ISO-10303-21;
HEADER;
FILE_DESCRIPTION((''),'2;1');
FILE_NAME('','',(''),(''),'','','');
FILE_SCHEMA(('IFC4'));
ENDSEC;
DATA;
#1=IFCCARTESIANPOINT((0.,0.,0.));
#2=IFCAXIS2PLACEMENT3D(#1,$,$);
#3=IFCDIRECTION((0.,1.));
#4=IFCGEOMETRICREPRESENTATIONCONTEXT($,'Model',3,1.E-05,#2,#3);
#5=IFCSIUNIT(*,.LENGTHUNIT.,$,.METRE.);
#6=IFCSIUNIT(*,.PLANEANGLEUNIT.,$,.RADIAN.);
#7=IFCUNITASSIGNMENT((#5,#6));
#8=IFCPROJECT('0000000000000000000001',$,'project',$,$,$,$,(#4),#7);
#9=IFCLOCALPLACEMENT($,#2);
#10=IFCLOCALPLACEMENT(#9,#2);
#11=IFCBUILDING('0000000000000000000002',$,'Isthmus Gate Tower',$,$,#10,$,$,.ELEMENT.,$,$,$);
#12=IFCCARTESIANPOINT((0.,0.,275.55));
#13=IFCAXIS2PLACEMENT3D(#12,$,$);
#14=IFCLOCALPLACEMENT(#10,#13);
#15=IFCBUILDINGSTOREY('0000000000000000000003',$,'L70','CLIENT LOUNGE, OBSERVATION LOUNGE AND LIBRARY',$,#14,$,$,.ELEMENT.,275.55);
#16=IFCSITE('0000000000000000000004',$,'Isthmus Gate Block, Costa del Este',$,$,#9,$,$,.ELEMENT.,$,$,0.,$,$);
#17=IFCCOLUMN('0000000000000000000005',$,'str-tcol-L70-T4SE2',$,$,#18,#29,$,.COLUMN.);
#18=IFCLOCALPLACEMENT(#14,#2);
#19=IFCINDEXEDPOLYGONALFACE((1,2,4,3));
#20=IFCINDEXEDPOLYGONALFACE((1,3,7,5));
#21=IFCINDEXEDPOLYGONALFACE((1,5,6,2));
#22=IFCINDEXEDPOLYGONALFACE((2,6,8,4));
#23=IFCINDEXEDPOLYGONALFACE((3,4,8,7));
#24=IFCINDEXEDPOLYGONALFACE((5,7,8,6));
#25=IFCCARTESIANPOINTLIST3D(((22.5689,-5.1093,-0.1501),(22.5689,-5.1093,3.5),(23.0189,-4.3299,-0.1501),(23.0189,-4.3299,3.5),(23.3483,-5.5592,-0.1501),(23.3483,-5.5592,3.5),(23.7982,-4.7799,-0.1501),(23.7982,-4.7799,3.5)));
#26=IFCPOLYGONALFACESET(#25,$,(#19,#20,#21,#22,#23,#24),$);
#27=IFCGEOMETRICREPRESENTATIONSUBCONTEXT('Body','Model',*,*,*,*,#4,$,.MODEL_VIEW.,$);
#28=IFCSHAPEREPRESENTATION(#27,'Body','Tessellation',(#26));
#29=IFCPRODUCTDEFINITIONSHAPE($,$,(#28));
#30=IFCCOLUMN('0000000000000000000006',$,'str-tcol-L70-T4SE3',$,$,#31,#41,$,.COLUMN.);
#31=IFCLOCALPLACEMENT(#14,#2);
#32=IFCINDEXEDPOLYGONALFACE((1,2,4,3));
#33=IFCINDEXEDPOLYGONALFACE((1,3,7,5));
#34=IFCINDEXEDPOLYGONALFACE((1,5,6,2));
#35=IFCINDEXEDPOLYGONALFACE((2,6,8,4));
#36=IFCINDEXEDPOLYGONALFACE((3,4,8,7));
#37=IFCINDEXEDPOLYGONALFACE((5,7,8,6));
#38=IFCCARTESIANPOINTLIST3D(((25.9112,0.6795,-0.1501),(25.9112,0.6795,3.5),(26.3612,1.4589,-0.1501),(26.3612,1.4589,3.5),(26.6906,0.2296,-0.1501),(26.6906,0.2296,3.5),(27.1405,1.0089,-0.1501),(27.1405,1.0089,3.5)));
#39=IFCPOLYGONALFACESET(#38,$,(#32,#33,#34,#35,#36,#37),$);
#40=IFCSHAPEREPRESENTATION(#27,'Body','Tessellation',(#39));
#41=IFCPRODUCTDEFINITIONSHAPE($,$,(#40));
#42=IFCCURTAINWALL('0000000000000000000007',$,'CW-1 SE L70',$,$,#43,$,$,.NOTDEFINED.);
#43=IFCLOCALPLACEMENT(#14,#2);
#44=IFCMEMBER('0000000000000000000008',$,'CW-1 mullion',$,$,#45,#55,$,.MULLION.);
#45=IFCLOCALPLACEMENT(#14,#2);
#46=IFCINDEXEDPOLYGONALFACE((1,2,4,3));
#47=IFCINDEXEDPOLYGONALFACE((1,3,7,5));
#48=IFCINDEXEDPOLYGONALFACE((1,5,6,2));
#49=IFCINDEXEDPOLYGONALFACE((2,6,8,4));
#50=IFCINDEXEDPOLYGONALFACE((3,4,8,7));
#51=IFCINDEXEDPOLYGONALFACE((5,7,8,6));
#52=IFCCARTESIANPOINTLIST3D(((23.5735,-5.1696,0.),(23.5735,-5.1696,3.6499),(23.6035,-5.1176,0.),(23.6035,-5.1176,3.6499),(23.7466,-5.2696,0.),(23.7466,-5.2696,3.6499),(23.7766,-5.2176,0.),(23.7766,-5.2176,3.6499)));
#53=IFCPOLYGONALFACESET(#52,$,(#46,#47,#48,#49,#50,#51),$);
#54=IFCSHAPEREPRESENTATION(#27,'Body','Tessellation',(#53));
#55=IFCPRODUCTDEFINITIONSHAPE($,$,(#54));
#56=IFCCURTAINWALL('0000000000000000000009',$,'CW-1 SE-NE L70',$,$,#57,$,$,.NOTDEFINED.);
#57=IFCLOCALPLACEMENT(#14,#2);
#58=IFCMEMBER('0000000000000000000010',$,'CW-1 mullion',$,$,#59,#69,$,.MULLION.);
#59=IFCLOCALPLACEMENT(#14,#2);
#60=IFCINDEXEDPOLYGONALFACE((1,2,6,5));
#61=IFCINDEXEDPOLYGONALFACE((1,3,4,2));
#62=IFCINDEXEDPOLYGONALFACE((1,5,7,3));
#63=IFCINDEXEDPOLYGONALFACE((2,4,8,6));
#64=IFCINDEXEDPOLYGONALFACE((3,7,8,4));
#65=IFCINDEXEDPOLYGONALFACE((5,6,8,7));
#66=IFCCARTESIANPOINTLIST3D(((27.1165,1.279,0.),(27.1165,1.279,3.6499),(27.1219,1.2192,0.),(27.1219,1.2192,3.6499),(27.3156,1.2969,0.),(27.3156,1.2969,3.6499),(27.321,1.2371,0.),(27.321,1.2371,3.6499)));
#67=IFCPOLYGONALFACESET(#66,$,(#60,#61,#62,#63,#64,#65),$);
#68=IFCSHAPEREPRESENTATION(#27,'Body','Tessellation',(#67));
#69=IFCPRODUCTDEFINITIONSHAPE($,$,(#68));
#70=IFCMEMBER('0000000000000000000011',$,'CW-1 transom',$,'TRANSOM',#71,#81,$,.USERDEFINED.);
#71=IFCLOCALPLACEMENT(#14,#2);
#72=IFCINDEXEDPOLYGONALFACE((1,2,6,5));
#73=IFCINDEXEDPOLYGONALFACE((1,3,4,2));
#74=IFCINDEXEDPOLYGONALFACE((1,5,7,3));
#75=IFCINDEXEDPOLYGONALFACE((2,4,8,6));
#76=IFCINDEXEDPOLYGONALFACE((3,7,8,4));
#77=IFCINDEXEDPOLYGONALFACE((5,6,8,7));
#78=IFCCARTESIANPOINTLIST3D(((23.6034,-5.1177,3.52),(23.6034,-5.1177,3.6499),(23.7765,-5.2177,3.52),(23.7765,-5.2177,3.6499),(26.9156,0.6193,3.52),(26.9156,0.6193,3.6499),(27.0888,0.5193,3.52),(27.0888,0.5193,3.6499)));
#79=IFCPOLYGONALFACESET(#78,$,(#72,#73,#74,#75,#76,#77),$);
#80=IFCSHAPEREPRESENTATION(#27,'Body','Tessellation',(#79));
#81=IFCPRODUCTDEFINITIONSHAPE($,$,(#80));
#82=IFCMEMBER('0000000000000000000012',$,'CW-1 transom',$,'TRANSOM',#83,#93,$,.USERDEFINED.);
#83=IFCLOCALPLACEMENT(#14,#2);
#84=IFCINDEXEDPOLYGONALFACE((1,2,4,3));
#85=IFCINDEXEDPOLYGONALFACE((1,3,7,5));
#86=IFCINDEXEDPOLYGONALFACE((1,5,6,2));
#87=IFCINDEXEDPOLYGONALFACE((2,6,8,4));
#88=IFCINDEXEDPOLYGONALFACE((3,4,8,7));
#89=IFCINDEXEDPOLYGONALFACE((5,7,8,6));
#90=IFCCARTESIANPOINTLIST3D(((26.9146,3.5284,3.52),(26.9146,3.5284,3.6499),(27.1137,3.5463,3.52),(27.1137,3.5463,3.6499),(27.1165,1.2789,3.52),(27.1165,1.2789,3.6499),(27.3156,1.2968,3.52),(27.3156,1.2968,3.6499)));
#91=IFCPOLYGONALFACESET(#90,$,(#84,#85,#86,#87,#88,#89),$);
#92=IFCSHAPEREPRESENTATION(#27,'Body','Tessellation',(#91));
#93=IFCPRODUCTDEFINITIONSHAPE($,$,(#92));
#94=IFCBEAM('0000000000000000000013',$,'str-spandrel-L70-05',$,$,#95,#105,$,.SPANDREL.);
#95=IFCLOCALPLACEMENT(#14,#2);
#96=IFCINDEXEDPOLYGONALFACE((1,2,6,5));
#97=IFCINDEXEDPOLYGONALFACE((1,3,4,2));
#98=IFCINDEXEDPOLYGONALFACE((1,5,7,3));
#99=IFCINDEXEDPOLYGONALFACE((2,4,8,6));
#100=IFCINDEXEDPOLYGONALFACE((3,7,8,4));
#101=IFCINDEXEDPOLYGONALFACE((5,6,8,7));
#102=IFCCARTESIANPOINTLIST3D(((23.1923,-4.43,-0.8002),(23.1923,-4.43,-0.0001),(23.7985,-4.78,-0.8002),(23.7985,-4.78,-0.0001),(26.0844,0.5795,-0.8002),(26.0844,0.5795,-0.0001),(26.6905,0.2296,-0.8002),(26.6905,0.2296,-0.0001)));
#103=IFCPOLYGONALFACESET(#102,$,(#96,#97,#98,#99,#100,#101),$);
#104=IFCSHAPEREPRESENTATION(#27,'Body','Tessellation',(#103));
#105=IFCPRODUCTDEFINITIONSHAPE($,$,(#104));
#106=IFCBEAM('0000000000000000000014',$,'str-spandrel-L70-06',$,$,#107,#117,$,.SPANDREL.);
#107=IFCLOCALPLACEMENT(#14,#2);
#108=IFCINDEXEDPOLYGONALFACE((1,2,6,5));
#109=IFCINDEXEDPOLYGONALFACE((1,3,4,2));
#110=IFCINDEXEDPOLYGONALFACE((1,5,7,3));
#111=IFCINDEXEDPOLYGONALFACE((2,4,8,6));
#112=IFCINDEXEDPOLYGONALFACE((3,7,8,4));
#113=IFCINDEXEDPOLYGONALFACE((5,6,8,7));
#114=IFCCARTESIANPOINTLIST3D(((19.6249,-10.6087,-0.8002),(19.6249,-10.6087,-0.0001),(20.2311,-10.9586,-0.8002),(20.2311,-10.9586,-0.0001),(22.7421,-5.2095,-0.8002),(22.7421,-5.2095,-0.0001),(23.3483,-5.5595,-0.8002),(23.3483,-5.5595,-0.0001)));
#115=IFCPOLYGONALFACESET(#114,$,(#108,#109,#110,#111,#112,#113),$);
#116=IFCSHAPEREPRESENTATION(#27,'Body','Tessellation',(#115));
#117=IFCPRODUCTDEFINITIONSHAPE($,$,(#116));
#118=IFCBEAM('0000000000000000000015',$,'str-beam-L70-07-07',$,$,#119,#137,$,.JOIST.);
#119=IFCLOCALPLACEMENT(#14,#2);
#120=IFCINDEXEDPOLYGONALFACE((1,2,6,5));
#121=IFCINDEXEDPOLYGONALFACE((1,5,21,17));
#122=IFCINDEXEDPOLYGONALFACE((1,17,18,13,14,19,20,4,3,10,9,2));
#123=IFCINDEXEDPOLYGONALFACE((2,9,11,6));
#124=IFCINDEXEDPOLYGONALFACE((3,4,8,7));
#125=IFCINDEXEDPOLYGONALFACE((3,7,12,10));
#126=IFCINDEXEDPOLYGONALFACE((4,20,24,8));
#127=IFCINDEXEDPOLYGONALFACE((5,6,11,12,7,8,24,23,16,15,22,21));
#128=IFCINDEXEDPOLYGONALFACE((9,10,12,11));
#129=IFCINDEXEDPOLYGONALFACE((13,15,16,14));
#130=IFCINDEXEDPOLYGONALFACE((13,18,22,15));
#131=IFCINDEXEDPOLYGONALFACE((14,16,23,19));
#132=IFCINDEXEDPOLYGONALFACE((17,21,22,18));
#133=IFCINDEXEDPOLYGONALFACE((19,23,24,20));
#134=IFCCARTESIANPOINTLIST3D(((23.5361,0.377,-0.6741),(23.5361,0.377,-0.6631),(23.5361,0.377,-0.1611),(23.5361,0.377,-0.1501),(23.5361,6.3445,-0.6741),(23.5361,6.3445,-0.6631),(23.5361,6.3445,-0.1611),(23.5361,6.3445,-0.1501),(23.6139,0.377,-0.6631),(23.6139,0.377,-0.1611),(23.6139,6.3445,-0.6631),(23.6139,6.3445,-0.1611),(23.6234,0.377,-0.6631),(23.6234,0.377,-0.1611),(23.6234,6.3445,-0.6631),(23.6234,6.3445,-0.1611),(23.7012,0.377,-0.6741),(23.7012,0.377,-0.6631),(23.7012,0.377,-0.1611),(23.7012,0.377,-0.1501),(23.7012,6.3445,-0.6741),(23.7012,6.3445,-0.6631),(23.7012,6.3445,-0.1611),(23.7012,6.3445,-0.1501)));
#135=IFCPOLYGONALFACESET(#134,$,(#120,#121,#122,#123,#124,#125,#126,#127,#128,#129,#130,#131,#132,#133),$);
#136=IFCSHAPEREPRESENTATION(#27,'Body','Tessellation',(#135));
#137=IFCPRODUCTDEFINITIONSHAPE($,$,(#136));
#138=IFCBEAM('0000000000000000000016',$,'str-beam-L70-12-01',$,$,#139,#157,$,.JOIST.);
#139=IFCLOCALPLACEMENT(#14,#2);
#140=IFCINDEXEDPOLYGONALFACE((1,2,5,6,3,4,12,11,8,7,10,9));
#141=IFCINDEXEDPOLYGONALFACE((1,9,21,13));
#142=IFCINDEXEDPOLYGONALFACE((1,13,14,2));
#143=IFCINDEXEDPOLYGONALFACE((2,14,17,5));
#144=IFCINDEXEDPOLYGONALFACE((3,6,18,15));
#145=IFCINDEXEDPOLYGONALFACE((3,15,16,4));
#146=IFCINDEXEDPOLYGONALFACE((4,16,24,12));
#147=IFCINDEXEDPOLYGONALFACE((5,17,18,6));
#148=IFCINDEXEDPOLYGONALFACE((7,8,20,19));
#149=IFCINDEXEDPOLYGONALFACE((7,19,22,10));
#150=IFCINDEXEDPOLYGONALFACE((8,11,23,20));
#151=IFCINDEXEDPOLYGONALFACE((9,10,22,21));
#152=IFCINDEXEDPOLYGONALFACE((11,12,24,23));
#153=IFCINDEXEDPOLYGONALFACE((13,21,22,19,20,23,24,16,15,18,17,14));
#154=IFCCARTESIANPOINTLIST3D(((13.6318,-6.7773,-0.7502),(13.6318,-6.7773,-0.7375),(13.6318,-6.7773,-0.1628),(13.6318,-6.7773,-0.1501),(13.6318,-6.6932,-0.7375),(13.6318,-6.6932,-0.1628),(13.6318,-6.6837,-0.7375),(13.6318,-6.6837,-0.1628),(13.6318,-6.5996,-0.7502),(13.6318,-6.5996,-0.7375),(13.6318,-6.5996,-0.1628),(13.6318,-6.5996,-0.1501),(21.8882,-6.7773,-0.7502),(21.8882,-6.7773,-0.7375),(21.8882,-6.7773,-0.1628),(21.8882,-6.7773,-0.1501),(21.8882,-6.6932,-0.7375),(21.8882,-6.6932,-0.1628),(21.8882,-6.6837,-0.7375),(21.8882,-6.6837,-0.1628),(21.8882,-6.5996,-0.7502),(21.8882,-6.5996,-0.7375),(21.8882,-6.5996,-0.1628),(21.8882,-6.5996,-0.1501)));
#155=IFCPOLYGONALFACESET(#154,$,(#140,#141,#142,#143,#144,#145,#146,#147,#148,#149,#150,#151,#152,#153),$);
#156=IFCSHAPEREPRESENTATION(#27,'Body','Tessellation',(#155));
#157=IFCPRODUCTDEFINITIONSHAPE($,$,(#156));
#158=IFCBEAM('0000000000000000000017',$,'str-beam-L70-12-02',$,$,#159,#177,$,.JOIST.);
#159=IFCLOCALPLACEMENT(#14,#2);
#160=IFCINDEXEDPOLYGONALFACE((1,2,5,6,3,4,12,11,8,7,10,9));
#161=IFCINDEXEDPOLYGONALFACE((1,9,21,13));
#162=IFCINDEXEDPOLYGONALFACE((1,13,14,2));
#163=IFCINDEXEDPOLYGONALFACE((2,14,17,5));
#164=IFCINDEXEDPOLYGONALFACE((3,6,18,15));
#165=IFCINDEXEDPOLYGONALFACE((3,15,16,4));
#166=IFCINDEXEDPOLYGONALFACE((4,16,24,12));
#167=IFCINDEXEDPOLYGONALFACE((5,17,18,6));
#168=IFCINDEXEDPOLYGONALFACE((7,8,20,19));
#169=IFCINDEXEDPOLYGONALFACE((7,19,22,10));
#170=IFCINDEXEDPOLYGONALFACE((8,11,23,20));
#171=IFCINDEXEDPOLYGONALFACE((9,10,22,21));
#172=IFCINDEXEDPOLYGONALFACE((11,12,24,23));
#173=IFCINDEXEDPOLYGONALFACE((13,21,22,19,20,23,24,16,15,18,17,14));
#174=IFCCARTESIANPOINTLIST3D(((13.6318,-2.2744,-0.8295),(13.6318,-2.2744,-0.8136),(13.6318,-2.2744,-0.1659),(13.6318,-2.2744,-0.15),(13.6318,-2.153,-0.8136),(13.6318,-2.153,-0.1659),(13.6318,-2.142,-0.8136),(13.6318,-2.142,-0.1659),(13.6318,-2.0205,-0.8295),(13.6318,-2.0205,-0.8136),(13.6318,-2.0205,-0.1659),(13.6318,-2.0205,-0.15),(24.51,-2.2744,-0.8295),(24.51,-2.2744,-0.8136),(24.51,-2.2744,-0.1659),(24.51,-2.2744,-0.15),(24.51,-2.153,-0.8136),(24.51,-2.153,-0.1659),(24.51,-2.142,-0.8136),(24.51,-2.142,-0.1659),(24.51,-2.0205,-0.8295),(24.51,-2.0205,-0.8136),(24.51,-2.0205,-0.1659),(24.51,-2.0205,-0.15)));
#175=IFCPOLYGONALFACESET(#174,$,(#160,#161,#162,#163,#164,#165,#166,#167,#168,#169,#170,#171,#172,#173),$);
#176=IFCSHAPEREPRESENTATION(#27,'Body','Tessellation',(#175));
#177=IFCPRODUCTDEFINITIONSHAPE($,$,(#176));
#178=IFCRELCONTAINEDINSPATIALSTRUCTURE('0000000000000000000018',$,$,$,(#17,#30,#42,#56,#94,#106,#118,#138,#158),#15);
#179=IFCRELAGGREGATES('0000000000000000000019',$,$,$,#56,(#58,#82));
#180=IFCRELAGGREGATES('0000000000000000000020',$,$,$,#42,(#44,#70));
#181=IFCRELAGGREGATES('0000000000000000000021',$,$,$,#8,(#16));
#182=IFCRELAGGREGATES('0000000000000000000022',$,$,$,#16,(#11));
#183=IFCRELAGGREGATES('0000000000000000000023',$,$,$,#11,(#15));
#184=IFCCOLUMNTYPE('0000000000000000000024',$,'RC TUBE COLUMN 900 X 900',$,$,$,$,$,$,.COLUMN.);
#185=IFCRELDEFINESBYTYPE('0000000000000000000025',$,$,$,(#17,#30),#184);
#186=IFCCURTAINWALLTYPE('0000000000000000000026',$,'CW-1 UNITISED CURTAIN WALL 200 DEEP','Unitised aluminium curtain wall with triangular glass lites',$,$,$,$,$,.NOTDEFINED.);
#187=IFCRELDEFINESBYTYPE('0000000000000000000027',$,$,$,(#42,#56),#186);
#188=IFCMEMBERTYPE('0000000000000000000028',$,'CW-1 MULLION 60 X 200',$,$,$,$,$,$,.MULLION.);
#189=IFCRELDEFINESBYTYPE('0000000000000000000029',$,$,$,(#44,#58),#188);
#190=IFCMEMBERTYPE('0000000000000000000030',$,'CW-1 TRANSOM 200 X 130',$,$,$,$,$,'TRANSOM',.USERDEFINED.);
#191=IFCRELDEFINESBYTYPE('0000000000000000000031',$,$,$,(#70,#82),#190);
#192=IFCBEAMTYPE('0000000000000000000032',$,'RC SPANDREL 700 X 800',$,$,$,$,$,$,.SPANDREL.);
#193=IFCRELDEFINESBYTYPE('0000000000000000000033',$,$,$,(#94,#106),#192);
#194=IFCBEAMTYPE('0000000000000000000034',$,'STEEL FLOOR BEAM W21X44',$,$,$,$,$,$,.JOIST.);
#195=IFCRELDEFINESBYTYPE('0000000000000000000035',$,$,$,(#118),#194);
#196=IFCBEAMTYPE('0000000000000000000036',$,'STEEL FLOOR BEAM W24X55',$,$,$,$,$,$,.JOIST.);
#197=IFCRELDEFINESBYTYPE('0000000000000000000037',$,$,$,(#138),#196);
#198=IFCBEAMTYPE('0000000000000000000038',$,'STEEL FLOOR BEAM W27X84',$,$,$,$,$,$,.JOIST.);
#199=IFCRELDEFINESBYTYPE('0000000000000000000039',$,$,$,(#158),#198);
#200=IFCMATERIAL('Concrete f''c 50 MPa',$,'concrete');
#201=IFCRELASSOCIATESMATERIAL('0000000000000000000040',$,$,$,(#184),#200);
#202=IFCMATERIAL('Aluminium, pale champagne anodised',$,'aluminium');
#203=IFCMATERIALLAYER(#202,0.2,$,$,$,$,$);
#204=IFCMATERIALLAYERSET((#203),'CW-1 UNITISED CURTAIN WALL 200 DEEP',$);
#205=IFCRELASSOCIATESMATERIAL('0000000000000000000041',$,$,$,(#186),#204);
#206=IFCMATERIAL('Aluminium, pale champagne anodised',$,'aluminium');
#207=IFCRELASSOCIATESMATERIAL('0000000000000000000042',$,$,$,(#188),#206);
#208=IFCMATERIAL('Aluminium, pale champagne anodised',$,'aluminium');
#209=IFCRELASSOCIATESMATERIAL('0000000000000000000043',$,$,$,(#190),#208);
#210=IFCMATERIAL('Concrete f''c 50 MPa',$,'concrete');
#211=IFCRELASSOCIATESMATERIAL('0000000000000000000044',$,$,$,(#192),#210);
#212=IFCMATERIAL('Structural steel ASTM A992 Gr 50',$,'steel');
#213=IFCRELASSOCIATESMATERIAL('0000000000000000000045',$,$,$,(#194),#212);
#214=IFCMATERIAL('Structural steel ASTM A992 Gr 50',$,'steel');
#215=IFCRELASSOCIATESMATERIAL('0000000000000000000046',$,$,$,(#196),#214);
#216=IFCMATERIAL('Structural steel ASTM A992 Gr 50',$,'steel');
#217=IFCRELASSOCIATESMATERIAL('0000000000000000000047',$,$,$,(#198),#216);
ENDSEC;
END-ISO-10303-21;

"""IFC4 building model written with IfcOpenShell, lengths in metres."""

from ifc_helpers import new_model, si_unit, direction, frame, origin, origin_2d, place, context, subcontext, project, spatial, rectangle, i_section, extrude, material, layer, layer_set, material_profile, profile_set, type_object, element, aggregate, save


model = new_model("IFC4")

# Units and contexts
model_context = context("Model", 3, precision=1e-05, world=origin(), true_north=direction((0.0, 1.0)))
body_context = subcontext(model_context, "Body", "Model", "MODEL_VIEW")
ifc_project = project(units=[si_unit("LENGTHUNIT", "METRE"), si_unit("PLANEANGLEUNIT", "RADIAN")], contexts=[model_context])

# Site, building, storey
site_placement = place(None, origin())
site = spatial("IfcSite", under=ifc_project, at=site_placement, Name="Isthmus Gate Block, Costa del Este", CompositionType="ELEMENT", RefElevation=0.0)
building_placement = place(site_placement, origin())
building = spatial("IfcBuilding", under=site, at=building_placement, Name="Isthmus Gate Tower", CompositionType="ELEMENT")
storey_placement = place(building_placement, frame((0.0, 0.0, 275.55)))
storey = spatial("IfcBuildingStorey", under=building, at=storey_placement, Name="L70", Description="CLIENT LOUNGE, OBSERVATION LOUNGE AND LIBRARY", CompositionType="ELEMENT", Elevation=275.55)

# Columns
ifc_material_1 = material(Name="Concrete f'c 50 MPa", Category="concrete")
ifc_material_profile_1 = material_profile(ifc_material_1, rectangle(XDim=0.8999, YDim=0.8999, at=origin_2d()), Name="RC 900X900")
ifc_profile_set_1 = profile_set([ifc_material_profile_1], Name="Concrete f'c 50 MPa")
column_type = type_object("IfcColumnType", Name="RC TUBE COLUMN 900 X 900", PredefinedType="COLUMN", material=ifc_profile_set_1)
for number, where, z_axis, x_axis, name in (
    (1, (23.1836, -4.9446, -0.1501), (0.0, 0.0, 1.0), (0.5, 0.866025, 0.0), "str-tcol-L70-T4SE2"),
    (2, (26.5259, 0.8442, -0.1501), (0.0, 0.0, 1.0), (0.5, 0.866025, 0.0), "str-tcol-L70-T4SE3"),
):
    element("IfcColumn", number, at=place(storey_placement, frame(where, z_axis=z_axis, x_axis=x_axis)), inside=storey, type_object=column_type, Name=name, PredefinedType="COLUMN", context=body_context, shape_type="SweptSolid", body=[
        extrude(rectangle(XDim=0.8999, YDim=0.8999, at=origin_2d()), origin(), (0.0, 0.0, 1.0), 3.6501),
    ])

# Curtain walls, members
ifc_material_2 = material(Name="Aluminium, pale champagne anodised", Category="aluminium")
ifc_layer_1 = layer(ifc_material_2, 0.2)
ifc_layer_set_1 = layer_set([ifc_layer_1], Name="CW-1 UNITISED CURTAIN WALL 200 DEEP")
curtain_wall_type = type_object("IfcCurtainWallType", Name="CW-1 UNITISED CURTAIN WALL 200 DEEP", Description="Unitised aluminium curtain wall with triangular glass lites", PredefinedType="NOTDEFINED", material=ifc_layer_set_1)
curtain_wall_1_placement = place(storey_placement, origin())
curtain_wall_1 = element("IfcCurtainWall", 3, at=curtain_wall_1_placement, inside=storey, type_object=curtain_wall_type, Name="CW-1 SE L70", PredefinedType="NOTDEFINED")
ifc_material_3 = material(Name="Aluminium, pale champagne anodised", Category="aluminium")
ifc_material_profile_2 = material_profile(ifc_material_3, rectangle(XDim=0.0601, YDim=0.2, at=origin_2d()), Name="60x200")
ifc_profile_set_2 = profile_set([ifc_material_profile_2], Name="Aluminium, pale champagne anodised")
member_type_1 = type_object("IfcMemberType", Name="CW-1 MULLION 60 X 200", PredefinedType="MULLION", material=ifc_profile_set_2)
member_1_placement = place(storey_placement, frame((23.675, -5.1936, 0.0), z_axis=(0.0, 0.0, 1.0), x_axis=(0.5, 0.866025, 0.0)))
member_1 = element("IfcMember", 4, at=member_1_placement, type_object=member_type_1, Name="CW-1 mullion", PredefinedType="MULLION", context=body_context, shape_type="SweptSolid", body=[
    extrude(rectangle(XDim=0.0601, YDim=0.2, at=origin_2d()), origin(), (0.0, 0.0, 1.0), 3.6499),
])
curtain_wall_2_placement = place(storey_placement, origin())
curtain_wall_2 = element("IfcCurtainWall", 5, at=curtain_wall_2_placement, inside=storey, type_object=curtain_wall_type, Name="CW-1 SE-NE L70", PredefinedType="NOTDEFINED")
member_2_placement = place(storey_placement, frame((27.2188, 1.2581, 0.0), z_axis=(0.0, 0.0, 1.0), x_axis=(-0.089397, 0.995996, 0.0)))
member_2 = element("IfcMember", 6, at=member_2_placement, type_object=member_type_1, Name="CW-1 mullion", PredefinedType="MULLION", context=body_context, shape_type="SweptSolid", body=[
    extrude(rectangle(XDim=0.0601, YDim=0.2, at=origin_2d()), origin(), (0.0, 0.0, 1.0), 3.6499),
])

# Members
ifc_material_4 = material(Name="Aluminium, pale champagne anodised", Category="aluminium")
ifc_material_profile_3 = material_profile(ifc_material_4, rectangle(XDim=0.2, YDim=0.1299, at=origin_2d()), Name="200x130")
ifc_profile_set_3 = profile_set([ifc_material_profile_3], Name="Aluminium, pale champagne anodised")
member_type_2 = type_object("IfcMemberType", Name="CW-1 TRANSOM 200 X 130", ElementType="TRANSOM", PredefinedType="USERDEFINED", material=ifc_profile_set_3)
member_3_placement = place(storey_placement, frame((23.6899, -5.1677, 3.585), z_axis=(0.499996, 0.866028, 0.0), x_axis=(-0.866028, 0.499996, 0.0)))
member_3 = element("IfcMember", 7, at=member_3_placement, type_object=member_type_2, Name="CW-1 transom", ObjectType="TRANSOM", PredefinedType="USERDEFINED", context=body_context, shape_type="SweptSolid", body=[
    extrude(rectangle(XDim=0.2, YDim=0.1299, at=origin_2d()), origin(), (0.0, 0.0, 1.0), 6.6245),
])
member_4_placement = place(storey_placement, frame((27.2161, 1.2878, 3.585), z_axis=(-0.089395, 0.995996, 0.0), x_axis=(-0.995996, -0.089395, 0.0)))
member_4 = element("IfcMember", 8, at=member_4_placement, type_object=member_type_2, Name="CW-1 transom", ObjectType="TRANSOM", PredefinedType="USERDEFINED", context=body_context, shape_type="SweptSolid", body=[
    extrude(rectangle(XDim=0.2, YDim=0.1299, at=origin_2d()), origin(), (0.0, 0.0, 1.0), 2.2585),
])
aggregate(curtain_wall_2, [member_2, member_4])

# Beams
ifc_material_5 = material(Name="Concrete f'c 50 MPa", Category="concrete")
ifc_material_profile_4 = material_profile(ifc_material_5, rectangle(XDim=0.7, YDim=0.8, at=origin_2d()), Name="RC 700X800")
ifc_profile_set_4 = profile_set([ifc_material_profile_4], Name="Concrete f'c 50 MPa")
beam_type_1 = type_object("IfcBeamType", Name="RC SPANDREL 700 X 800", PredefinedType="SPANDREL", material=ifc_profile_set_4)
beam_1_placement = place(storey_placement, frame((26.3875, 0.4045, -0.4001), z_axis=(-0.499979, -0.866037, 0.0), x_axis=(0.866037, -0.499979, 0.0)))
element("IfcBeam", 9, at=beam_1_placement, inside=storey, type_object=beam_type_1, Name="str-spandrel-L70-05", PredefinedType="SPANDREL", context=body_context, shape_type="SweptSolid", body=[
    extrude(rectangle(XDim=0.7, YDim=0.8, at=origin_2d()), origin(), (0.0, 0.0, 1.0), 5.7844),
])
beam_2_placement = place(storey_placement, frame((23.0452, -5.3845, -0.4001), z_axis=(-0.499997, -0.866027, 0.0), x_axis=(0.866027, -0.499997, 0.0)))
element("IfcBeam", 10, at=beam_2_placement, inside=storey, type_object=beam_type_1, Name="str-spandrel-L70-06", PredefinedType="SPANDREL", context=body_context, shape_type="SweptSolid", body=[
    extrude(rectangle(XDim=0.7, YDim=0.8, at=origin_2d()), origin(), (0.0, 0.0, 1.0), 6.2344),
])
ifc_material_6 = material(Name="Structural steel ASTM A992 Gr 50", Category="steel")
ifc_material_profile_5 = material_profile(ifc_material_6, i_section(OverallWidth=0.165, OverallDepth=0.5239, WebThickness=0.0095, FlangeThickness=0.011, at=origin_2d()), Name="W21X44")
ifc_profile_set_5 = profile_set([ifc_material_profile_5], Name="Structural steel ASTM A992 Gr 50")
beam_type_2 = type_object("IfcBeamType", Name="STEEL FLOOR BEAM W21X44", PredefinedType="JOIST", material=ifc_profile_set_5)
beam_3_placement = place(storey_placement, frame((23.6187, 0.377, -0.4121), z_axis=(0.0, 1.0, 0.0), x_axis=(-1.0, 0.0, 0.0)))
element("IfcBeam", 11, at=beam_3_placement, inside=storey, type_object=beam_type_2, Name="str-beam-L70-07-07", PredefinedType="JOIST", context=body_context, shape_type="SweptSolid", body=[
    extrude(i_section(OverallWidth=0.165, OverallDepth=0.5239, WebThickness=0.0095, FlangeThickness=0.011, at=origin_2d()), origin(), (0.0, 0.0, 1.0), 5.9675),
])
ifc_material_7 = material(Name="Structural steel ASTM A992 Gr 50", Category="steel")
ifc_material_profile_6 = material_profile(ifc_material_7, i_section(OverallWidth=0.1777, OverallDepth=0.6001, WebThickness=0.0095, FlangeThickness=0.0127, at=origin_2d()), Name="W24X55")
ifc_profile_set_6 = profile_set([ifc_material_profile_6], Name="Structural steel ASTM A992 Gr 50")
beam_type_3 = type_object("IfcBeamType", Name="STEEL FLOOR BEAM W24X55", PredefinedType="JOIST", material=ifc_profile_set_6)
beam_4_placement = place(storey_placement, frame((13.6318, -6.6885, -0.4502), z_axis=(1.0, 0.0, 0.0), x_axis=(0.0, 1.0, 0.0)))
element("IfcBeam", 12, at=beam_4_placement, inside=storey, type_object=beam_type_3, Name="str-beam-L70-12-01", PredefinedType="JOIST", context=body_context, shape_type="SweptSolid", body=[
    extrude(i_section(OverallWidth=0.1777, OverallDepth=0.6001, WebThickness=0.0095, FlangeThickness=0.0127, at=origin_2d()), origin(), (0.0, 0.0, 1.0), 8.2563),
])
ifc_material_8 = material(Name="Structural steel ASTM A992 Gr 50", Category="steel")
ifc_material_profile_7 = material_profile(ifc_material_8, i_section(OverallWidth=0.2539, OverallDepth=0.6794, WebThickness=0.011, FlangeThickness=0.0159, at=origin_2d()), Name="W27X84")
ifc_profile_set_7 = profile_set([ifc_material_profile_7], Name="Structural steel ASTM A992 Gr 50")
beam_type_4 = type_object("IfcBeamType", Name="STEEL FLOOR BEAM W27X84", PredefinedType="JOIST", material=ifc_profile_set_7)
beam_5_placement = place(storey_placement, frame((13.6318, -2.1475, -0.4897), z_axis=(1.0, 0.0, 0.0), x_axis=(0.0, 1.0, 0.0)))
element("IfcBeam", 13, at=beam_5_placement, inside=storey, type_object=beam_type_4, Name="str-beam-L70-12-02", PredefinedType="JOIST", context=body_context, shape_type="SweptSolid", body=[
    extrude(i_section(OverallWidth=0.2539, OverallDepth=0.6794, WebThickness=0.011, FlangeThickness=0.0159, at=origin_2d()), origin(), (0.0, 0.0, 1.0), 10.8782),
])

aggregate(curtain_wall_1, [member_1, member_3])

save(model, "model.ifc")
